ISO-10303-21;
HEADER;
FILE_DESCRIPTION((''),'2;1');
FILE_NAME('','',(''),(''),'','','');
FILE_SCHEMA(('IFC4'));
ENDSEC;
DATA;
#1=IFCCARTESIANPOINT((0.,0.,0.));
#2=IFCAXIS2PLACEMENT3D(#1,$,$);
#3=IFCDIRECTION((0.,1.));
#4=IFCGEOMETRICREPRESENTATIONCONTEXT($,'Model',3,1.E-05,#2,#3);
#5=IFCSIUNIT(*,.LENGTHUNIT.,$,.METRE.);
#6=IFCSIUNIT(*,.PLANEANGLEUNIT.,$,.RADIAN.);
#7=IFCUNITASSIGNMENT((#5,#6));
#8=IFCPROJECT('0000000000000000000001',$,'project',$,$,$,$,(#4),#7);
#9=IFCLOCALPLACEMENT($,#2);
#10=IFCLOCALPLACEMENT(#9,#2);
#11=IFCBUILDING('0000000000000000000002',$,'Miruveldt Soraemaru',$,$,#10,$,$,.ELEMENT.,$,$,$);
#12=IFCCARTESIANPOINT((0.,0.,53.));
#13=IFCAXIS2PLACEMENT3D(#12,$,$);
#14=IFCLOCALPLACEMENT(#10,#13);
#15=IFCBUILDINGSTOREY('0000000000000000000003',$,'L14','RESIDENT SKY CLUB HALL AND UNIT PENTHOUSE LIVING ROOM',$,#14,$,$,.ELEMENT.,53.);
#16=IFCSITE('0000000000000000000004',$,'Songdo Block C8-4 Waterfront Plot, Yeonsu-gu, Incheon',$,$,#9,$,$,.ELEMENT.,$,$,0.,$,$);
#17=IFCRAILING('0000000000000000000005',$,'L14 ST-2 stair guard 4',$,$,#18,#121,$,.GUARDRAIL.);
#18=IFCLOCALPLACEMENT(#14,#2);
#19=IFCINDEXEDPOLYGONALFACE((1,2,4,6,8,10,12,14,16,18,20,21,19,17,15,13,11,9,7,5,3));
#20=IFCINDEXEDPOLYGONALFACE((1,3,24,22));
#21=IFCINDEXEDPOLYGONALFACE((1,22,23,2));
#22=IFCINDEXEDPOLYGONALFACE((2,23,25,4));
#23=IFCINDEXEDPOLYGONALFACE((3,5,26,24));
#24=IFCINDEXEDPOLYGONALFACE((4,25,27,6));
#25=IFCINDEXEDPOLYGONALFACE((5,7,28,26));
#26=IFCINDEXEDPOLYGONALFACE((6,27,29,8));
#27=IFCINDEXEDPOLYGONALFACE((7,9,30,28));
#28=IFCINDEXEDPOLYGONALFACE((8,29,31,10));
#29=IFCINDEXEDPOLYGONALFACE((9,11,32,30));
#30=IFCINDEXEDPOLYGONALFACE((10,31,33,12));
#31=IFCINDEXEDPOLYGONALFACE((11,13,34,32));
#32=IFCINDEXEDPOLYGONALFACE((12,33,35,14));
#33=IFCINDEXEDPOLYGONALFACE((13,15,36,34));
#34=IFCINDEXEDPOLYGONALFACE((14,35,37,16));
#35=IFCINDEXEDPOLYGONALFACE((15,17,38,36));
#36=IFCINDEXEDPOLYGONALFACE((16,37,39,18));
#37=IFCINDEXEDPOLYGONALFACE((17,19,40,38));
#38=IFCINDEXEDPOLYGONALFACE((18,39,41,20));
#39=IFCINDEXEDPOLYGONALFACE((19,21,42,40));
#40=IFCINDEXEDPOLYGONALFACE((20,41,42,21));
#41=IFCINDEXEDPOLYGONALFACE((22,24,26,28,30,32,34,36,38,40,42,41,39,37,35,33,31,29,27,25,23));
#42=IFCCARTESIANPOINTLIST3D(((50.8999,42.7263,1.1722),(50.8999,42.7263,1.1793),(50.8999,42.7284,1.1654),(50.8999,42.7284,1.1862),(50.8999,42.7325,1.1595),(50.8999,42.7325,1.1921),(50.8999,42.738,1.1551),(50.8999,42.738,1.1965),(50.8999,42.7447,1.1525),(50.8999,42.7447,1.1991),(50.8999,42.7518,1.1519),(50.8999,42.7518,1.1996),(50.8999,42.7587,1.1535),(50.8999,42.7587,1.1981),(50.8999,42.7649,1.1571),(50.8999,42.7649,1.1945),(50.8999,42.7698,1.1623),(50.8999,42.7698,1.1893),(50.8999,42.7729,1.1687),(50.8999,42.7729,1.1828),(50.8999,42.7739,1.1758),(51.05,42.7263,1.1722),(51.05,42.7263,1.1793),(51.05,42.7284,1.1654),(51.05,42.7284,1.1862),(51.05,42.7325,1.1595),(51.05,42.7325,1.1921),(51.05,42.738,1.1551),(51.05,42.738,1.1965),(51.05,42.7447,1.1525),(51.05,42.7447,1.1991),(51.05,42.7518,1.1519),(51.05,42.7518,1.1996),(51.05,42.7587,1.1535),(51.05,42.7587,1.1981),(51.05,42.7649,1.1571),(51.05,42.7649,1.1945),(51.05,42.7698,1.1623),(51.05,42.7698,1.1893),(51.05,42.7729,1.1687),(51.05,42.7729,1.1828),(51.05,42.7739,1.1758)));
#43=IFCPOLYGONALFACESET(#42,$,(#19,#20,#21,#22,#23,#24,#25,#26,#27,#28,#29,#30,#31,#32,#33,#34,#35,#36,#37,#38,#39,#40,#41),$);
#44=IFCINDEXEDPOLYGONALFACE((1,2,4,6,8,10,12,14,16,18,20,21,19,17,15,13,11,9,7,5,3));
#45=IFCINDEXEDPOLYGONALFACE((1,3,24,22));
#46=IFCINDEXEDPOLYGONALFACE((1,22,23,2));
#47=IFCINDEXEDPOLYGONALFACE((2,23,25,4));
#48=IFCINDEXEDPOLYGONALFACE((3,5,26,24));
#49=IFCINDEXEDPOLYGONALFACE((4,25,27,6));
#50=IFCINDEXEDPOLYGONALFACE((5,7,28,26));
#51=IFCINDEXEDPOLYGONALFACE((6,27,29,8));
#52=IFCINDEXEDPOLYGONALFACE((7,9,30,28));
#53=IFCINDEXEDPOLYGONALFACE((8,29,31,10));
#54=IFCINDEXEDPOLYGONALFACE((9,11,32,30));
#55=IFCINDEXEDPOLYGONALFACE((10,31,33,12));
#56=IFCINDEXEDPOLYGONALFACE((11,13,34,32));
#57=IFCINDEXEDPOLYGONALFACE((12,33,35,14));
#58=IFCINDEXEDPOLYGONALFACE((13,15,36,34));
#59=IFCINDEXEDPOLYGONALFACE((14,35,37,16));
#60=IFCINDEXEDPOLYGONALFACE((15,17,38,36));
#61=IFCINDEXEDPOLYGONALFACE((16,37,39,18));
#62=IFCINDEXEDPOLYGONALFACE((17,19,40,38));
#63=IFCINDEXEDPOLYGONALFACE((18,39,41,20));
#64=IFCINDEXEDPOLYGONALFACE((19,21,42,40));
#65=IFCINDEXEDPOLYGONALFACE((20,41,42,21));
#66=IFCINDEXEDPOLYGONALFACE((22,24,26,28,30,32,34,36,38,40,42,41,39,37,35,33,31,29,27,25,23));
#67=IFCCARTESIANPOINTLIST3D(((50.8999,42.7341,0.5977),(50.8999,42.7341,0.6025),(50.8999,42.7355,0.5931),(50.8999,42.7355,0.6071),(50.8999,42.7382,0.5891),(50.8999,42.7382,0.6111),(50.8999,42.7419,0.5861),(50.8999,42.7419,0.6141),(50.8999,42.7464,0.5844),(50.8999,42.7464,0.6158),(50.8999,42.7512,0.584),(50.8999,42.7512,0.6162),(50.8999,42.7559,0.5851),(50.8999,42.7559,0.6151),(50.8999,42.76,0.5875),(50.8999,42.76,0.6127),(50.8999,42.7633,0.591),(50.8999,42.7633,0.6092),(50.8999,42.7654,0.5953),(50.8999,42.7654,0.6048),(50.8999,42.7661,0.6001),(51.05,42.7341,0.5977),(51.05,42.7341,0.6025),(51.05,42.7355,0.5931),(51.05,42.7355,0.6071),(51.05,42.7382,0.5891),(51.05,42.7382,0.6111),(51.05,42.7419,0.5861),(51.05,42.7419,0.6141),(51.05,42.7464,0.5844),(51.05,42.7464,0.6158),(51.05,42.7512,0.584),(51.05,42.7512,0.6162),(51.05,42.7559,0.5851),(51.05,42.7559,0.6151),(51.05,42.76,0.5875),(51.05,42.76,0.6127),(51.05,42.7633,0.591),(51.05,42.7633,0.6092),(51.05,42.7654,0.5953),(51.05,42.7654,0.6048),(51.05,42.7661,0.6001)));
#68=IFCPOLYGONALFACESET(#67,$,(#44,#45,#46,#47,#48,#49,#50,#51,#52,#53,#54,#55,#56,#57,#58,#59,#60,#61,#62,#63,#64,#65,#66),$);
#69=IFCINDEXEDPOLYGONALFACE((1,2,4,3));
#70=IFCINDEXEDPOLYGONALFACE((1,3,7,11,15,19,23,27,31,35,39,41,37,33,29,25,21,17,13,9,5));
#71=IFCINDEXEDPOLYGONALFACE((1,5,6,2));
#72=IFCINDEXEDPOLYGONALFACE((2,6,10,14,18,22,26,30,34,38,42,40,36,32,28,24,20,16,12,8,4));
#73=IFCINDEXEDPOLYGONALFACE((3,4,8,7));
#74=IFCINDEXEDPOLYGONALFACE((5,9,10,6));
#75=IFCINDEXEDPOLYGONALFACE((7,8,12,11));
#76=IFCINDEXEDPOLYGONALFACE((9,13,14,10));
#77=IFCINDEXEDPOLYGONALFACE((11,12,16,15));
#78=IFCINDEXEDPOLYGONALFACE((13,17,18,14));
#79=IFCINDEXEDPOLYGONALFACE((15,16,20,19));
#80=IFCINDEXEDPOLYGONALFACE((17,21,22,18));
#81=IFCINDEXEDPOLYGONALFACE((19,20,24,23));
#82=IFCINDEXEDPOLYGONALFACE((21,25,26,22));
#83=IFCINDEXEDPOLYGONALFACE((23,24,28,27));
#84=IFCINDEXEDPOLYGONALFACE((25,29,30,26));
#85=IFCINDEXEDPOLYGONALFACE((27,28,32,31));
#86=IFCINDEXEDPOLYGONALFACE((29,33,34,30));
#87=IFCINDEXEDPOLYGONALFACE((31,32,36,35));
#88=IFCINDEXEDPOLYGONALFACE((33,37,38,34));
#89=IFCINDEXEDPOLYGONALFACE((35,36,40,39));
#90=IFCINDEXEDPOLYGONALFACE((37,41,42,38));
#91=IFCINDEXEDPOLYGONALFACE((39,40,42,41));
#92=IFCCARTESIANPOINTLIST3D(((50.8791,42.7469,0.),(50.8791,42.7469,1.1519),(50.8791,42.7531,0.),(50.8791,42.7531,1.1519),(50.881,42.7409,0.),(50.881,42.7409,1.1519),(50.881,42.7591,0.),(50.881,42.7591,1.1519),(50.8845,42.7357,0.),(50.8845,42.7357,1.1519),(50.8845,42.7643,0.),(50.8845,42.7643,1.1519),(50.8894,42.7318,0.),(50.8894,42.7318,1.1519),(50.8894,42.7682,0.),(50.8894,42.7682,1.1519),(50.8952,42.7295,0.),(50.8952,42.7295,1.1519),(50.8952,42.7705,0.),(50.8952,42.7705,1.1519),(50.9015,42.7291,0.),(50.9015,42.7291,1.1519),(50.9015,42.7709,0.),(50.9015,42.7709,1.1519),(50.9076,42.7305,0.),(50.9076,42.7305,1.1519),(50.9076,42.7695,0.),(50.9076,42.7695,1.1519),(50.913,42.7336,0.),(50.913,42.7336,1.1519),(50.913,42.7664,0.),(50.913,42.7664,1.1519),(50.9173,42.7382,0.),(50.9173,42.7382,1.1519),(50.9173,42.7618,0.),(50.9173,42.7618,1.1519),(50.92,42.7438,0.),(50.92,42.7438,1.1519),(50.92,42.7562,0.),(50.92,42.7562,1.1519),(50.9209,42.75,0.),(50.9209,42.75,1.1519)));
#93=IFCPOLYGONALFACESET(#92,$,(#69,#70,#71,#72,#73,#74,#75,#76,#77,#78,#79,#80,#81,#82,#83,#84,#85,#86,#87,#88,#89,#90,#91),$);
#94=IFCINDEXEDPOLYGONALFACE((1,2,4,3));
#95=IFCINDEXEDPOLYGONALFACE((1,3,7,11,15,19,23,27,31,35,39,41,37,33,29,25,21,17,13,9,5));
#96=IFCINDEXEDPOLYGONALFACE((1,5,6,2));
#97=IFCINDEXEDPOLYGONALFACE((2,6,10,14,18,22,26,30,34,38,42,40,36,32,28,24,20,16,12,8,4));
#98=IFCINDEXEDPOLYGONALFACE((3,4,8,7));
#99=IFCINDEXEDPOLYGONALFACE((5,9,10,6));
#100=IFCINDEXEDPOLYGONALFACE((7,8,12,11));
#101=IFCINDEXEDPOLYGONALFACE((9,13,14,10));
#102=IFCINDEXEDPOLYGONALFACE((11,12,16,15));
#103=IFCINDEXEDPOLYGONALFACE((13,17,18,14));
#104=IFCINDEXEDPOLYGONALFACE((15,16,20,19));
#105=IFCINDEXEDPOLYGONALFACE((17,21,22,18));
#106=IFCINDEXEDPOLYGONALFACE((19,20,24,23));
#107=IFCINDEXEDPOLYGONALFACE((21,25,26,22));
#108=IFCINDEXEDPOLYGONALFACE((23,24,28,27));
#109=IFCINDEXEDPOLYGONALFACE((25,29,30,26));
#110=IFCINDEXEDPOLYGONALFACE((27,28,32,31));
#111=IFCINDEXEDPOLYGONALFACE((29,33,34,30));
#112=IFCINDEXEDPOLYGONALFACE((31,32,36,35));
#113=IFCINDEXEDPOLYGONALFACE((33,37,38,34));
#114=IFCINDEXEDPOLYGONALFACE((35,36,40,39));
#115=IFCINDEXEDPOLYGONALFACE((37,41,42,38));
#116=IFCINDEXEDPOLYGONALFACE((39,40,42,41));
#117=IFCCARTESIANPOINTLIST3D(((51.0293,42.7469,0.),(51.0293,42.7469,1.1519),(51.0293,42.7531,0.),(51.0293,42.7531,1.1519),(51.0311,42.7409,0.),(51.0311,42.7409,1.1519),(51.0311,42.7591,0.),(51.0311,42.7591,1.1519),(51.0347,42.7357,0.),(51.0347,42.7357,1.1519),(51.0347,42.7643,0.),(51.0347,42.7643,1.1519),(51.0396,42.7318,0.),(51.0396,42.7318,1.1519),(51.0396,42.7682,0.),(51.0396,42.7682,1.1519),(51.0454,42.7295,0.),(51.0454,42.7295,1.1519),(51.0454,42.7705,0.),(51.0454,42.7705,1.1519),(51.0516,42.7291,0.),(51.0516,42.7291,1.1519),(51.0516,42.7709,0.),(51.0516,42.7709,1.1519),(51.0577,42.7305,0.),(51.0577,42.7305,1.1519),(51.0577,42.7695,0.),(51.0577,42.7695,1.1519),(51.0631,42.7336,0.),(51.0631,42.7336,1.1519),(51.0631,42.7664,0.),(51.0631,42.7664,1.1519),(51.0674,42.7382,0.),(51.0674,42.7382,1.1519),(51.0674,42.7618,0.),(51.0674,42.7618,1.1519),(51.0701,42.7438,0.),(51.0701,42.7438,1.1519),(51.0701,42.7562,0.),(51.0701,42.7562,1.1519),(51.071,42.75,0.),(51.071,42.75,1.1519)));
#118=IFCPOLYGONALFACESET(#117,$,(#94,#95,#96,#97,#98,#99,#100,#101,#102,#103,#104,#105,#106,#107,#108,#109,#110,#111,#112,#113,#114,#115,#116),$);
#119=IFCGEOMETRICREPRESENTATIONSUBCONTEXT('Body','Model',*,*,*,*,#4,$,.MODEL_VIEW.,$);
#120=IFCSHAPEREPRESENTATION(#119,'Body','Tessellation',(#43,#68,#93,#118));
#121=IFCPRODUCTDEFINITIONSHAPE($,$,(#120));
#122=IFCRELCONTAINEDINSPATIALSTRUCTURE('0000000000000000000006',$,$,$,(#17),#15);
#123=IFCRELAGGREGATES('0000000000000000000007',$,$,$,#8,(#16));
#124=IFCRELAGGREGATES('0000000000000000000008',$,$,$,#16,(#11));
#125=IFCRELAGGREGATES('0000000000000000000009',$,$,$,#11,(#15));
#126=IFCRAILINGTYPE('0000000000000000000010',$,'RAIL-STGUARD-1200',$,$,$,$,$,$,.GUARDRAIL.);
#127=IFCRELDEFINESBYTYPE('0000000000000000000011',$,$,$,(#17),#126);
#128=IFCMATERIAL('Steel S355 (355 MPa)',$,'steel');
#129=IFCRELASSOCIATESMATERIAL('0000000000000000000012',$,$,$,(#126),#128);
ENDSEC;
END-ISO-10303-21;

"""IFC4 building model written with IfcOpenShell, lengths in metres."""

from ifc_helpers import new_model, si_unit, direction, frame, origin, origin_2d, place, context, subcontext, project, spatial, circle, extrude, material, type_object, element, save


model = new_model("IFC4")

# Units and contexts
model_context = context("Model", 3, precision=1e-05, world=origin(), true_north=direction((0.0, 1.0)))
body_context = subcontext(model_context, "Body", "Model", "MODEL_VIEW")
ifc_project = project(units=[si_unit("LENGTHUNIT", "METRE"), si_unit("PLANEANGLEUNIT", "RADIAN")], contexts=[model_context])

# Site, building, storey
site_placement = place(None, origin())
site = spatial("IfcSite", under=ifc_project, at=site_placement, Name="Songdo Block C8-4 Waterfront Plot, Yeonsu-gu, Incheon", CompositionType="ELEMENT", RefElevation=0.0)
building_placement = place(site_placement, origin())
building = spatial("IfcBuilding", under=site, at=building_placement, Name="Miruveldt Soraemaru", CompositionType="ELEMENT")
storey_placement = place(building_placement, frame((0.0, 0.0, 53.0)))
storey = spatial("IfcBuildingStorey", under=building, at=storey_placement, Name="L14", Description="RESIDENT SKY CLUB HALL AND UNIT PENTHOUSE LIVING ROOM", CompositionType="ELEMENT", Elevation=53.0)

# Railing
ifc_material_1 = material(Name="Steel S355 (355 MPa)", Category="steel")
railing_type_1 = type_object("IfcRailingType", Name="RAIL-STGUARD-1200", PredefinedType="GUARDRAIL", material=ifc_material_1)
railing_1_placement = place(storey_placement, frame((50.8999, 42.75, 0.0)))
element("IfcRailing", 1, at=railing_1_placement, inside=storey, type_object=railing_type_1, Name="L14 ST-2 stair guard 4", PredefinedType="GUARDRAIL", context=body_context, shape_type="SweptSolid", body=[
    extrude(circle(Radius=0.0239, at=origin_2d()), frame((0.0, 0.0, 1.1758), z_axis=(1.0, 0.0, 0.0), x_axis=(0.0, 1.0, 0.0)), (0.0, 0.0, 1.0), 0.1501),
    extrude(circle(Radius=0.0161, at=origin_2d()), frame((0.0, 0.0, 0.6001), z_axis=(1.0, 0.0, 0.0), x_axis=(0.0, 1.0, 0.0)), (0.0, 0.0, 1.0), 0.1501),
    extrude(circle(Radius=0.021, at=origin_2d()), origin(), (0.0, 0.0, 1.0), 1.1519),
    extrude(circle(Radius=0.021, at=origin_2d()), frame((0.1501, 0.0, 0.0)), (0.0, 0.0, 1.0), 1.1519),
])

save(model, "model.ifc")
